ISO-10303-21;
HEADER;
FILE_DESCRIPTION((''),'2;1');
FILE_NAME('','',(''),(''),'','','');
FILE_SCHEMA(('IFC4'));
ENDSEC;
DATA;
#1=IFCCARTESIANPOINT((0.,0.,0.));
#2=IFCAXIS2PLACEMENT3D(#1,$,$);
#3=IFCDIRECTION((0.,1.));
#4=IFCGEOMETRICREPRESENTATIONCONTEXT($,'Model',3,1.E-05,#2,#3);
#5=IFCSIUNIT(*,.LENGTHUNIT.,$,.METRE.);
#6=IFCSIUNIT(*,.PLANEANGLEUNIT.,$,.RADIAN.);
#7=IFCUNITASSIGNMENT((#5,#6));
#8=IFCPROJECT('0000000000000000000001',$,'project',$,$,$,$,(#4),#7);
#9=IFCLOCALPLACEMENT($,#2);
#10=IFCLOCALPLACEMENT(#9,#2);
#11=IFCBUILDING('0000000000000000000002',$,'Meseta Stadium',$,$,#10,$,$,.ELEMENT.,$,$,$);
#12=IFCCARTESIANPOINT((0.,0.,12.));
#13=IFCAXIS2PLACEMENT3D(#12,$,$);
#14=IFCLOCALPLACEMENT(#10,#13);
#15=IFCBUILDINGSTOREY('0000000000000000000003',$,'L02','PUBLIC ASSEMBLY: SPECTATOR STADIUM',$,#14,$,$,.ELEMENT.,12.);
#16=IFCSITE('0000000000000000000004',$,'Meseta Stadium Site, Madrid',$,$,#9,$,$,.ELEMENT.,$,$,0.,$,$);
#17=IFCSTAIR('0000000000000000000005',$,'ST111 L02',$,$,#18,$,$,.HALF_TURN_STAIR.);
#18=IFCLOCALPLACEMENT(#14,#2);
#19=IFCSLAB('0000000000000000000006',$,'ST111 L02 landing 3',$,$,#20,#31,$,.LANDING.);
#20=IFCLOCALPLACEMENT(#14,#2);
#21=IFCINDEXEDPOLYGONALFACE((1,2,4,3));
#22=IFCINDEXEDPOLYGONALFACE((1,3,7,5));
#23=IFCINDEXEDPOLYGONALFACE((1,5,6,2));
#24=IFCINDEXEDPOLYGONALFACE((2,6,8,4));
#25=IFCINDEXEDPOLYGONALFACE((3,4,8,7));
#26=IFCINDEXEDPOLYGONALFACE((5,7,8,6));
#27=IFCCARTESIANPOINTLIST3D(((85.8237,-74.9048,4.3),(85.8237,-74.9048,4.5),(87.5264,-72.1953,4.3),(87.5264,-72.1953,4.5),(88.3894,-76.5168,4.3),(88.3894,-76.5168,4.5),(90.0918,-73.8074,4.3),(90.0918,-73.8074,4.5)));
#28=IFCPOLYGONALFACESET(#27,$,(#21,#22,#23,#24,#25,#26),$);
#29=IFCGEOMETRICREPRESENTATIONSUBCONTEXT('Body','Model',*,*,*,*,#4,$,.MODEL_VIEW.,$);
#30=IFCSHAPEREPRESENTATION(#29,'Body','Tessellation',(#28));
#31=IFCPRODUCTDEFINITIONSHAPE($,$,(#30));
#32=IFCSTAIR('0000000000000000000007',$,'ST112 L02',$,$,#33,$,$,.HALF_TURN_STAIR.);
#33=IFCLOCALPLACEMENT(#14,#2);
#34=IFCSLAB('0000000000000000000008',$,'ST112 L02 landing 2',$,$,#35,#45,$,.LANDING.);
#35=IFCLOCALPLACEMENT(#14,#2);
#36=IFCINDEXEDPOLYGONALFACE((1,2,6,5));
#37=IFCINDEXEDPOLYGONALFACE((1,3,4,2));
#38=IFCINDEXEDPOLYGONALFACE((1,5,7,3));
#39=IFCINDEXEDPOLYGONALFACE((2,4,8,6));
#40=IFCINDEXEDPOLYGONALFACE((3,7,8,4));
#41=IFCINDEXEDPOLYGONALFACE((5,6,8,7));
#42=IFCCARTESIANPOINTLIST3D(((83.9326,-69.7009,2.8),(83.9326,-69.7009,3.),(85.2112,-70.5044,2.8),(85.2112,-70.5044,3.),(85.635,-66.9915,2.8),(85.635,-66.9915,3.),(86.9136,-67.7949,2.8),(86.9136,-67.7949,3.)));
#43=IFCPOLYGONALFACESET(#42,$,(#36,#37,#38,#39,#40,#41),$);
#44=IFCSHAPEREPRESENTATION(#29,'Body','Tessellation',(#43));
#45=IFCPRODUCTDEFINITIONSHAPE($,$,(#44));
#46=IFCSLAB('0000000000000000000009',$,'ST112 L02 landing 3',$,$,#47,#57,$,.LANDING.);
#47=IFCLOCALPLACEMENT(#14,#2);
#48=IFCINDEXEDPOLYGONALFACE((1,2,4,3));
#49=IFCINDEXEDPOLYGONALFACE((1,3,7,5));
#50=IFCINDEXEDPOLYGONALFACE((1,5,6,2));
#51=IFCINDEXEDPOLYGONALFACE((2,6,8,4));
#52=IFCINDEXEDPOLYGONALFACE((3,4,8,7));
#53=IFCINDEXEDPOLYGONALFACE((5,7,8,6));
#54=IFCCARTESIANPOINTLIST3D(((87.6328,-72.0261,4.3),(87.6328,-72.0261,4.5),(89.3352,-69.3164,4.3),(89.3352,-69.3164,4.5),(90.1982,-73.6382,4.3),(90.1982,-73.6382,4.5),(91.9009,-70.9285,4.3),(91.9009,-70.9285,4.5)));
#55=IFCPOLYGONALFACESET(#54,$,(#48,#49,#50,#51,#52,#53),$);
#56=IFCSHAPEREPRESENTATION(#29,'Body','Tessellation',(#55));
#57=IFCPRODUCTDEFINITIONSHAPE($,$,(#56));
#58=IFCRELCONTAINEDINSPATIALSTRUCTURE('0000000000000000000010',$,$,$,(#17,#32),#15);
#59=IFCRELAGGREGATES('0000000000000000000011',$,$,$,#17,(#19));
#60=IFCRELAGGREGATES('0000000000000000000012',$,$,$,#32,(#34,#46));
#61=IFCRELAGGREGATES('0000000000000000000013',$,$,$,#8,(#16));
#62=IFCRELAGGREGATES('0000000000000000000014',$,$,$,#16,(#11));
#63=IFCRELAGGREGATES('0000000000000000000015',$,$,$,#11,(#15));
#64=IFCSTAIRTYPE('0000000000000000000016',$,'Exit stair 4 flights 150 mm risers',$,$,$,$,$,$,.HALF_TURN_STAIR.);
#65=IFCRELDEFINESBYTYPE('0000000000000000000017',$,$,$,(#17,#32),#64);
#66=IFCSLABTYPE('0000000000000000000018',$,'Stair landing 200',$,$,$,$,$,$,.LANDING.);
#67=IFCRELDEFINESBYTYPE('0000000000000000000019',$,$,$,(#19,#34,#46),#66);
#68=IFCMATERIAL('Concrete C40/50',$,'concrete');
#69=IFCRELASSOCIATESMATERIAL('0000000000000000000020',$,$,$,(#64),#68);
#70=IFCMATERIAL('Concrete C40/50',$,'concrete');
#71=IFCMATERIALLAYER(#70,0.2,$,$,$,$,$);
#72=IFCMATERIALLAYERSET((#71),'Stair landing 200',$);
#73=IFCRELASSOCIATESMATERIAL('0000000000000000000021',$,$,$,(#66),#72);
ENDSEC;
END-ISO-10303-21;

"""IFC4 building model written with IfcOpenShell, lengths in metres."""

from ifc_helpers import new_model, si_unit, direction, frame, origin, place, context, subcontext, project, spatial, polyline, outline, extrude, material, layer, layer_set, type_object, element, aggregate, save


model = new_model("IFC4")

# Units and contexts
model_context = context("Model", 3, precision=1e-05, world=origin(), true_north=direction((0.0, 1.0)))
body_context = subcontext(model_context, "Body", "Model", "MODEL_VIEW")
ifc_project = project(units=[si_unit("LENGTHUNIT", "METRE"), si_unit("PLANEANGLEUNIT", "RADIAN")], contexts=[model_context])

# Site, building, storey
site_placement = place(None, origin())
site = spatial("IfcSite", under=ifc_project, at=site_placement, Name="Meseta Stadium Site, Madrid", CompositionType="ELEMENT", RefElevation=0.0)
building_placement = place(site_placement, origin())
building = spatial("IfcBuilding", under=site, at=building_placement, Name="Meseta Stadium", CompositionType="ELEMENT")
storey_placement = place(building_placement, frame((0.0, 0.0, 12.0)))
storey = spatial("IfcBuildingStorey", under=building, at=storey_placement, Name="L02", Description="PUBLIC ASSEMBLY: SPECTATOR STADIUM", CompositionType="ELEMENT", Elevation=12.0)

# Shared definitions
ifc_material_1 = material(Name="Concrete C40/50", Category="concrete")
stair_type = type_object("IfcStairType", Name="Exit stair 4 flights 150 mm risers", PredefinedType="HALF_TURN_STAIR", material=ifc_material_1)
ifc_material_2 = material(Name="Concrete C40/50", Category="concrete")
ifc_layer_1 = layer(ifc_material_2, 0.2)
ifc_layer_set_1 = layer_set([ifc_layer_1], Name="Stair landing 200")
slab_type_1 = type_object("IfcSlabType", Name="Stair landing 200", PredefinedType="LANDING", material=ifc_layer_set_1)

# Stairs, slabs
stair_1_placement = place(storey_placement, origin())
stair_1 = element("IfcStair", 1, at=stair_1_placement, inside=storey, type_object=stair_type, Name="ST111 L02", PredefinedType="HALF_TURN_STAIR")
slab_1_placement = place(storey_placement, frame((0.0, 0.0, 4.3)))
slab_1 = element("IfcSlab", 2, at=slab_1_placement, type_object=slab_type_1, Name="ST111 L02 landing 3", PredefinedType="LANDING", context=body_context, shape_type="SweptSolid", body=[
    extrude(outline(polyline([(85.8237, -74.9048), (88.3894, -76.5168), (90.0918, -73.8074), (87.5264, -72.1953), (85.8237, -74.9048)])), origin(), (0.0, 0.0, 1.0), 0.2),
])
aggregate(stair_1, [slab_1])
stair_2_placement = place(storey_placement, origin())
stair_2 = element("IfcStair", 3, at=stair_2_placement, inside=storey, type_object=stair_type, Name="ST112 L02", PredefinedType="HALF_TURN_STAIR")
slab_2_placement = place(storey_placement, frame((0.0, 0.0, 2.8)))
slab_2 = element("IfcSlab", 4, at=slab_2_placement, type_object=slab_type_1, Name="ST112 L02 landing 2", PredefinedType="LANDING", context=body_context, shape_type="SweptSolid", body=[
    extrude(outline(polyline([(83.9326, -69.7009), (85.2112, -70.5044), (86.9136, -67.7949), (85.635, -66.9915), (83.9326, -69.7009)])), origin(), (0.0, 0.0, 1.0), 0.2),
])
slab_3_placement = place(storey_placement, frame((0.0, 0.0, 4.3)))
slab_3 = element("IfcSlab", 5, at=slab_3_placement, type_object=slab_type_1, Name="ST112 L02 landing 3", PredefinedType="LANDING", context=body_context, shape_type="SweptSolid", body=[
    extrude(outline(polyline([(87.6328, -72.0261), (90.1982, -73.6382), (91.9009, -70.9285), (89.3352, -69.3164), (87.6328, -72.0261)])), origin(), (0.0, 0.0, 1.0), 0.2),
])
aggregate(stair_2, [slab_2, slab_3])

save(model, "model.ifc")
